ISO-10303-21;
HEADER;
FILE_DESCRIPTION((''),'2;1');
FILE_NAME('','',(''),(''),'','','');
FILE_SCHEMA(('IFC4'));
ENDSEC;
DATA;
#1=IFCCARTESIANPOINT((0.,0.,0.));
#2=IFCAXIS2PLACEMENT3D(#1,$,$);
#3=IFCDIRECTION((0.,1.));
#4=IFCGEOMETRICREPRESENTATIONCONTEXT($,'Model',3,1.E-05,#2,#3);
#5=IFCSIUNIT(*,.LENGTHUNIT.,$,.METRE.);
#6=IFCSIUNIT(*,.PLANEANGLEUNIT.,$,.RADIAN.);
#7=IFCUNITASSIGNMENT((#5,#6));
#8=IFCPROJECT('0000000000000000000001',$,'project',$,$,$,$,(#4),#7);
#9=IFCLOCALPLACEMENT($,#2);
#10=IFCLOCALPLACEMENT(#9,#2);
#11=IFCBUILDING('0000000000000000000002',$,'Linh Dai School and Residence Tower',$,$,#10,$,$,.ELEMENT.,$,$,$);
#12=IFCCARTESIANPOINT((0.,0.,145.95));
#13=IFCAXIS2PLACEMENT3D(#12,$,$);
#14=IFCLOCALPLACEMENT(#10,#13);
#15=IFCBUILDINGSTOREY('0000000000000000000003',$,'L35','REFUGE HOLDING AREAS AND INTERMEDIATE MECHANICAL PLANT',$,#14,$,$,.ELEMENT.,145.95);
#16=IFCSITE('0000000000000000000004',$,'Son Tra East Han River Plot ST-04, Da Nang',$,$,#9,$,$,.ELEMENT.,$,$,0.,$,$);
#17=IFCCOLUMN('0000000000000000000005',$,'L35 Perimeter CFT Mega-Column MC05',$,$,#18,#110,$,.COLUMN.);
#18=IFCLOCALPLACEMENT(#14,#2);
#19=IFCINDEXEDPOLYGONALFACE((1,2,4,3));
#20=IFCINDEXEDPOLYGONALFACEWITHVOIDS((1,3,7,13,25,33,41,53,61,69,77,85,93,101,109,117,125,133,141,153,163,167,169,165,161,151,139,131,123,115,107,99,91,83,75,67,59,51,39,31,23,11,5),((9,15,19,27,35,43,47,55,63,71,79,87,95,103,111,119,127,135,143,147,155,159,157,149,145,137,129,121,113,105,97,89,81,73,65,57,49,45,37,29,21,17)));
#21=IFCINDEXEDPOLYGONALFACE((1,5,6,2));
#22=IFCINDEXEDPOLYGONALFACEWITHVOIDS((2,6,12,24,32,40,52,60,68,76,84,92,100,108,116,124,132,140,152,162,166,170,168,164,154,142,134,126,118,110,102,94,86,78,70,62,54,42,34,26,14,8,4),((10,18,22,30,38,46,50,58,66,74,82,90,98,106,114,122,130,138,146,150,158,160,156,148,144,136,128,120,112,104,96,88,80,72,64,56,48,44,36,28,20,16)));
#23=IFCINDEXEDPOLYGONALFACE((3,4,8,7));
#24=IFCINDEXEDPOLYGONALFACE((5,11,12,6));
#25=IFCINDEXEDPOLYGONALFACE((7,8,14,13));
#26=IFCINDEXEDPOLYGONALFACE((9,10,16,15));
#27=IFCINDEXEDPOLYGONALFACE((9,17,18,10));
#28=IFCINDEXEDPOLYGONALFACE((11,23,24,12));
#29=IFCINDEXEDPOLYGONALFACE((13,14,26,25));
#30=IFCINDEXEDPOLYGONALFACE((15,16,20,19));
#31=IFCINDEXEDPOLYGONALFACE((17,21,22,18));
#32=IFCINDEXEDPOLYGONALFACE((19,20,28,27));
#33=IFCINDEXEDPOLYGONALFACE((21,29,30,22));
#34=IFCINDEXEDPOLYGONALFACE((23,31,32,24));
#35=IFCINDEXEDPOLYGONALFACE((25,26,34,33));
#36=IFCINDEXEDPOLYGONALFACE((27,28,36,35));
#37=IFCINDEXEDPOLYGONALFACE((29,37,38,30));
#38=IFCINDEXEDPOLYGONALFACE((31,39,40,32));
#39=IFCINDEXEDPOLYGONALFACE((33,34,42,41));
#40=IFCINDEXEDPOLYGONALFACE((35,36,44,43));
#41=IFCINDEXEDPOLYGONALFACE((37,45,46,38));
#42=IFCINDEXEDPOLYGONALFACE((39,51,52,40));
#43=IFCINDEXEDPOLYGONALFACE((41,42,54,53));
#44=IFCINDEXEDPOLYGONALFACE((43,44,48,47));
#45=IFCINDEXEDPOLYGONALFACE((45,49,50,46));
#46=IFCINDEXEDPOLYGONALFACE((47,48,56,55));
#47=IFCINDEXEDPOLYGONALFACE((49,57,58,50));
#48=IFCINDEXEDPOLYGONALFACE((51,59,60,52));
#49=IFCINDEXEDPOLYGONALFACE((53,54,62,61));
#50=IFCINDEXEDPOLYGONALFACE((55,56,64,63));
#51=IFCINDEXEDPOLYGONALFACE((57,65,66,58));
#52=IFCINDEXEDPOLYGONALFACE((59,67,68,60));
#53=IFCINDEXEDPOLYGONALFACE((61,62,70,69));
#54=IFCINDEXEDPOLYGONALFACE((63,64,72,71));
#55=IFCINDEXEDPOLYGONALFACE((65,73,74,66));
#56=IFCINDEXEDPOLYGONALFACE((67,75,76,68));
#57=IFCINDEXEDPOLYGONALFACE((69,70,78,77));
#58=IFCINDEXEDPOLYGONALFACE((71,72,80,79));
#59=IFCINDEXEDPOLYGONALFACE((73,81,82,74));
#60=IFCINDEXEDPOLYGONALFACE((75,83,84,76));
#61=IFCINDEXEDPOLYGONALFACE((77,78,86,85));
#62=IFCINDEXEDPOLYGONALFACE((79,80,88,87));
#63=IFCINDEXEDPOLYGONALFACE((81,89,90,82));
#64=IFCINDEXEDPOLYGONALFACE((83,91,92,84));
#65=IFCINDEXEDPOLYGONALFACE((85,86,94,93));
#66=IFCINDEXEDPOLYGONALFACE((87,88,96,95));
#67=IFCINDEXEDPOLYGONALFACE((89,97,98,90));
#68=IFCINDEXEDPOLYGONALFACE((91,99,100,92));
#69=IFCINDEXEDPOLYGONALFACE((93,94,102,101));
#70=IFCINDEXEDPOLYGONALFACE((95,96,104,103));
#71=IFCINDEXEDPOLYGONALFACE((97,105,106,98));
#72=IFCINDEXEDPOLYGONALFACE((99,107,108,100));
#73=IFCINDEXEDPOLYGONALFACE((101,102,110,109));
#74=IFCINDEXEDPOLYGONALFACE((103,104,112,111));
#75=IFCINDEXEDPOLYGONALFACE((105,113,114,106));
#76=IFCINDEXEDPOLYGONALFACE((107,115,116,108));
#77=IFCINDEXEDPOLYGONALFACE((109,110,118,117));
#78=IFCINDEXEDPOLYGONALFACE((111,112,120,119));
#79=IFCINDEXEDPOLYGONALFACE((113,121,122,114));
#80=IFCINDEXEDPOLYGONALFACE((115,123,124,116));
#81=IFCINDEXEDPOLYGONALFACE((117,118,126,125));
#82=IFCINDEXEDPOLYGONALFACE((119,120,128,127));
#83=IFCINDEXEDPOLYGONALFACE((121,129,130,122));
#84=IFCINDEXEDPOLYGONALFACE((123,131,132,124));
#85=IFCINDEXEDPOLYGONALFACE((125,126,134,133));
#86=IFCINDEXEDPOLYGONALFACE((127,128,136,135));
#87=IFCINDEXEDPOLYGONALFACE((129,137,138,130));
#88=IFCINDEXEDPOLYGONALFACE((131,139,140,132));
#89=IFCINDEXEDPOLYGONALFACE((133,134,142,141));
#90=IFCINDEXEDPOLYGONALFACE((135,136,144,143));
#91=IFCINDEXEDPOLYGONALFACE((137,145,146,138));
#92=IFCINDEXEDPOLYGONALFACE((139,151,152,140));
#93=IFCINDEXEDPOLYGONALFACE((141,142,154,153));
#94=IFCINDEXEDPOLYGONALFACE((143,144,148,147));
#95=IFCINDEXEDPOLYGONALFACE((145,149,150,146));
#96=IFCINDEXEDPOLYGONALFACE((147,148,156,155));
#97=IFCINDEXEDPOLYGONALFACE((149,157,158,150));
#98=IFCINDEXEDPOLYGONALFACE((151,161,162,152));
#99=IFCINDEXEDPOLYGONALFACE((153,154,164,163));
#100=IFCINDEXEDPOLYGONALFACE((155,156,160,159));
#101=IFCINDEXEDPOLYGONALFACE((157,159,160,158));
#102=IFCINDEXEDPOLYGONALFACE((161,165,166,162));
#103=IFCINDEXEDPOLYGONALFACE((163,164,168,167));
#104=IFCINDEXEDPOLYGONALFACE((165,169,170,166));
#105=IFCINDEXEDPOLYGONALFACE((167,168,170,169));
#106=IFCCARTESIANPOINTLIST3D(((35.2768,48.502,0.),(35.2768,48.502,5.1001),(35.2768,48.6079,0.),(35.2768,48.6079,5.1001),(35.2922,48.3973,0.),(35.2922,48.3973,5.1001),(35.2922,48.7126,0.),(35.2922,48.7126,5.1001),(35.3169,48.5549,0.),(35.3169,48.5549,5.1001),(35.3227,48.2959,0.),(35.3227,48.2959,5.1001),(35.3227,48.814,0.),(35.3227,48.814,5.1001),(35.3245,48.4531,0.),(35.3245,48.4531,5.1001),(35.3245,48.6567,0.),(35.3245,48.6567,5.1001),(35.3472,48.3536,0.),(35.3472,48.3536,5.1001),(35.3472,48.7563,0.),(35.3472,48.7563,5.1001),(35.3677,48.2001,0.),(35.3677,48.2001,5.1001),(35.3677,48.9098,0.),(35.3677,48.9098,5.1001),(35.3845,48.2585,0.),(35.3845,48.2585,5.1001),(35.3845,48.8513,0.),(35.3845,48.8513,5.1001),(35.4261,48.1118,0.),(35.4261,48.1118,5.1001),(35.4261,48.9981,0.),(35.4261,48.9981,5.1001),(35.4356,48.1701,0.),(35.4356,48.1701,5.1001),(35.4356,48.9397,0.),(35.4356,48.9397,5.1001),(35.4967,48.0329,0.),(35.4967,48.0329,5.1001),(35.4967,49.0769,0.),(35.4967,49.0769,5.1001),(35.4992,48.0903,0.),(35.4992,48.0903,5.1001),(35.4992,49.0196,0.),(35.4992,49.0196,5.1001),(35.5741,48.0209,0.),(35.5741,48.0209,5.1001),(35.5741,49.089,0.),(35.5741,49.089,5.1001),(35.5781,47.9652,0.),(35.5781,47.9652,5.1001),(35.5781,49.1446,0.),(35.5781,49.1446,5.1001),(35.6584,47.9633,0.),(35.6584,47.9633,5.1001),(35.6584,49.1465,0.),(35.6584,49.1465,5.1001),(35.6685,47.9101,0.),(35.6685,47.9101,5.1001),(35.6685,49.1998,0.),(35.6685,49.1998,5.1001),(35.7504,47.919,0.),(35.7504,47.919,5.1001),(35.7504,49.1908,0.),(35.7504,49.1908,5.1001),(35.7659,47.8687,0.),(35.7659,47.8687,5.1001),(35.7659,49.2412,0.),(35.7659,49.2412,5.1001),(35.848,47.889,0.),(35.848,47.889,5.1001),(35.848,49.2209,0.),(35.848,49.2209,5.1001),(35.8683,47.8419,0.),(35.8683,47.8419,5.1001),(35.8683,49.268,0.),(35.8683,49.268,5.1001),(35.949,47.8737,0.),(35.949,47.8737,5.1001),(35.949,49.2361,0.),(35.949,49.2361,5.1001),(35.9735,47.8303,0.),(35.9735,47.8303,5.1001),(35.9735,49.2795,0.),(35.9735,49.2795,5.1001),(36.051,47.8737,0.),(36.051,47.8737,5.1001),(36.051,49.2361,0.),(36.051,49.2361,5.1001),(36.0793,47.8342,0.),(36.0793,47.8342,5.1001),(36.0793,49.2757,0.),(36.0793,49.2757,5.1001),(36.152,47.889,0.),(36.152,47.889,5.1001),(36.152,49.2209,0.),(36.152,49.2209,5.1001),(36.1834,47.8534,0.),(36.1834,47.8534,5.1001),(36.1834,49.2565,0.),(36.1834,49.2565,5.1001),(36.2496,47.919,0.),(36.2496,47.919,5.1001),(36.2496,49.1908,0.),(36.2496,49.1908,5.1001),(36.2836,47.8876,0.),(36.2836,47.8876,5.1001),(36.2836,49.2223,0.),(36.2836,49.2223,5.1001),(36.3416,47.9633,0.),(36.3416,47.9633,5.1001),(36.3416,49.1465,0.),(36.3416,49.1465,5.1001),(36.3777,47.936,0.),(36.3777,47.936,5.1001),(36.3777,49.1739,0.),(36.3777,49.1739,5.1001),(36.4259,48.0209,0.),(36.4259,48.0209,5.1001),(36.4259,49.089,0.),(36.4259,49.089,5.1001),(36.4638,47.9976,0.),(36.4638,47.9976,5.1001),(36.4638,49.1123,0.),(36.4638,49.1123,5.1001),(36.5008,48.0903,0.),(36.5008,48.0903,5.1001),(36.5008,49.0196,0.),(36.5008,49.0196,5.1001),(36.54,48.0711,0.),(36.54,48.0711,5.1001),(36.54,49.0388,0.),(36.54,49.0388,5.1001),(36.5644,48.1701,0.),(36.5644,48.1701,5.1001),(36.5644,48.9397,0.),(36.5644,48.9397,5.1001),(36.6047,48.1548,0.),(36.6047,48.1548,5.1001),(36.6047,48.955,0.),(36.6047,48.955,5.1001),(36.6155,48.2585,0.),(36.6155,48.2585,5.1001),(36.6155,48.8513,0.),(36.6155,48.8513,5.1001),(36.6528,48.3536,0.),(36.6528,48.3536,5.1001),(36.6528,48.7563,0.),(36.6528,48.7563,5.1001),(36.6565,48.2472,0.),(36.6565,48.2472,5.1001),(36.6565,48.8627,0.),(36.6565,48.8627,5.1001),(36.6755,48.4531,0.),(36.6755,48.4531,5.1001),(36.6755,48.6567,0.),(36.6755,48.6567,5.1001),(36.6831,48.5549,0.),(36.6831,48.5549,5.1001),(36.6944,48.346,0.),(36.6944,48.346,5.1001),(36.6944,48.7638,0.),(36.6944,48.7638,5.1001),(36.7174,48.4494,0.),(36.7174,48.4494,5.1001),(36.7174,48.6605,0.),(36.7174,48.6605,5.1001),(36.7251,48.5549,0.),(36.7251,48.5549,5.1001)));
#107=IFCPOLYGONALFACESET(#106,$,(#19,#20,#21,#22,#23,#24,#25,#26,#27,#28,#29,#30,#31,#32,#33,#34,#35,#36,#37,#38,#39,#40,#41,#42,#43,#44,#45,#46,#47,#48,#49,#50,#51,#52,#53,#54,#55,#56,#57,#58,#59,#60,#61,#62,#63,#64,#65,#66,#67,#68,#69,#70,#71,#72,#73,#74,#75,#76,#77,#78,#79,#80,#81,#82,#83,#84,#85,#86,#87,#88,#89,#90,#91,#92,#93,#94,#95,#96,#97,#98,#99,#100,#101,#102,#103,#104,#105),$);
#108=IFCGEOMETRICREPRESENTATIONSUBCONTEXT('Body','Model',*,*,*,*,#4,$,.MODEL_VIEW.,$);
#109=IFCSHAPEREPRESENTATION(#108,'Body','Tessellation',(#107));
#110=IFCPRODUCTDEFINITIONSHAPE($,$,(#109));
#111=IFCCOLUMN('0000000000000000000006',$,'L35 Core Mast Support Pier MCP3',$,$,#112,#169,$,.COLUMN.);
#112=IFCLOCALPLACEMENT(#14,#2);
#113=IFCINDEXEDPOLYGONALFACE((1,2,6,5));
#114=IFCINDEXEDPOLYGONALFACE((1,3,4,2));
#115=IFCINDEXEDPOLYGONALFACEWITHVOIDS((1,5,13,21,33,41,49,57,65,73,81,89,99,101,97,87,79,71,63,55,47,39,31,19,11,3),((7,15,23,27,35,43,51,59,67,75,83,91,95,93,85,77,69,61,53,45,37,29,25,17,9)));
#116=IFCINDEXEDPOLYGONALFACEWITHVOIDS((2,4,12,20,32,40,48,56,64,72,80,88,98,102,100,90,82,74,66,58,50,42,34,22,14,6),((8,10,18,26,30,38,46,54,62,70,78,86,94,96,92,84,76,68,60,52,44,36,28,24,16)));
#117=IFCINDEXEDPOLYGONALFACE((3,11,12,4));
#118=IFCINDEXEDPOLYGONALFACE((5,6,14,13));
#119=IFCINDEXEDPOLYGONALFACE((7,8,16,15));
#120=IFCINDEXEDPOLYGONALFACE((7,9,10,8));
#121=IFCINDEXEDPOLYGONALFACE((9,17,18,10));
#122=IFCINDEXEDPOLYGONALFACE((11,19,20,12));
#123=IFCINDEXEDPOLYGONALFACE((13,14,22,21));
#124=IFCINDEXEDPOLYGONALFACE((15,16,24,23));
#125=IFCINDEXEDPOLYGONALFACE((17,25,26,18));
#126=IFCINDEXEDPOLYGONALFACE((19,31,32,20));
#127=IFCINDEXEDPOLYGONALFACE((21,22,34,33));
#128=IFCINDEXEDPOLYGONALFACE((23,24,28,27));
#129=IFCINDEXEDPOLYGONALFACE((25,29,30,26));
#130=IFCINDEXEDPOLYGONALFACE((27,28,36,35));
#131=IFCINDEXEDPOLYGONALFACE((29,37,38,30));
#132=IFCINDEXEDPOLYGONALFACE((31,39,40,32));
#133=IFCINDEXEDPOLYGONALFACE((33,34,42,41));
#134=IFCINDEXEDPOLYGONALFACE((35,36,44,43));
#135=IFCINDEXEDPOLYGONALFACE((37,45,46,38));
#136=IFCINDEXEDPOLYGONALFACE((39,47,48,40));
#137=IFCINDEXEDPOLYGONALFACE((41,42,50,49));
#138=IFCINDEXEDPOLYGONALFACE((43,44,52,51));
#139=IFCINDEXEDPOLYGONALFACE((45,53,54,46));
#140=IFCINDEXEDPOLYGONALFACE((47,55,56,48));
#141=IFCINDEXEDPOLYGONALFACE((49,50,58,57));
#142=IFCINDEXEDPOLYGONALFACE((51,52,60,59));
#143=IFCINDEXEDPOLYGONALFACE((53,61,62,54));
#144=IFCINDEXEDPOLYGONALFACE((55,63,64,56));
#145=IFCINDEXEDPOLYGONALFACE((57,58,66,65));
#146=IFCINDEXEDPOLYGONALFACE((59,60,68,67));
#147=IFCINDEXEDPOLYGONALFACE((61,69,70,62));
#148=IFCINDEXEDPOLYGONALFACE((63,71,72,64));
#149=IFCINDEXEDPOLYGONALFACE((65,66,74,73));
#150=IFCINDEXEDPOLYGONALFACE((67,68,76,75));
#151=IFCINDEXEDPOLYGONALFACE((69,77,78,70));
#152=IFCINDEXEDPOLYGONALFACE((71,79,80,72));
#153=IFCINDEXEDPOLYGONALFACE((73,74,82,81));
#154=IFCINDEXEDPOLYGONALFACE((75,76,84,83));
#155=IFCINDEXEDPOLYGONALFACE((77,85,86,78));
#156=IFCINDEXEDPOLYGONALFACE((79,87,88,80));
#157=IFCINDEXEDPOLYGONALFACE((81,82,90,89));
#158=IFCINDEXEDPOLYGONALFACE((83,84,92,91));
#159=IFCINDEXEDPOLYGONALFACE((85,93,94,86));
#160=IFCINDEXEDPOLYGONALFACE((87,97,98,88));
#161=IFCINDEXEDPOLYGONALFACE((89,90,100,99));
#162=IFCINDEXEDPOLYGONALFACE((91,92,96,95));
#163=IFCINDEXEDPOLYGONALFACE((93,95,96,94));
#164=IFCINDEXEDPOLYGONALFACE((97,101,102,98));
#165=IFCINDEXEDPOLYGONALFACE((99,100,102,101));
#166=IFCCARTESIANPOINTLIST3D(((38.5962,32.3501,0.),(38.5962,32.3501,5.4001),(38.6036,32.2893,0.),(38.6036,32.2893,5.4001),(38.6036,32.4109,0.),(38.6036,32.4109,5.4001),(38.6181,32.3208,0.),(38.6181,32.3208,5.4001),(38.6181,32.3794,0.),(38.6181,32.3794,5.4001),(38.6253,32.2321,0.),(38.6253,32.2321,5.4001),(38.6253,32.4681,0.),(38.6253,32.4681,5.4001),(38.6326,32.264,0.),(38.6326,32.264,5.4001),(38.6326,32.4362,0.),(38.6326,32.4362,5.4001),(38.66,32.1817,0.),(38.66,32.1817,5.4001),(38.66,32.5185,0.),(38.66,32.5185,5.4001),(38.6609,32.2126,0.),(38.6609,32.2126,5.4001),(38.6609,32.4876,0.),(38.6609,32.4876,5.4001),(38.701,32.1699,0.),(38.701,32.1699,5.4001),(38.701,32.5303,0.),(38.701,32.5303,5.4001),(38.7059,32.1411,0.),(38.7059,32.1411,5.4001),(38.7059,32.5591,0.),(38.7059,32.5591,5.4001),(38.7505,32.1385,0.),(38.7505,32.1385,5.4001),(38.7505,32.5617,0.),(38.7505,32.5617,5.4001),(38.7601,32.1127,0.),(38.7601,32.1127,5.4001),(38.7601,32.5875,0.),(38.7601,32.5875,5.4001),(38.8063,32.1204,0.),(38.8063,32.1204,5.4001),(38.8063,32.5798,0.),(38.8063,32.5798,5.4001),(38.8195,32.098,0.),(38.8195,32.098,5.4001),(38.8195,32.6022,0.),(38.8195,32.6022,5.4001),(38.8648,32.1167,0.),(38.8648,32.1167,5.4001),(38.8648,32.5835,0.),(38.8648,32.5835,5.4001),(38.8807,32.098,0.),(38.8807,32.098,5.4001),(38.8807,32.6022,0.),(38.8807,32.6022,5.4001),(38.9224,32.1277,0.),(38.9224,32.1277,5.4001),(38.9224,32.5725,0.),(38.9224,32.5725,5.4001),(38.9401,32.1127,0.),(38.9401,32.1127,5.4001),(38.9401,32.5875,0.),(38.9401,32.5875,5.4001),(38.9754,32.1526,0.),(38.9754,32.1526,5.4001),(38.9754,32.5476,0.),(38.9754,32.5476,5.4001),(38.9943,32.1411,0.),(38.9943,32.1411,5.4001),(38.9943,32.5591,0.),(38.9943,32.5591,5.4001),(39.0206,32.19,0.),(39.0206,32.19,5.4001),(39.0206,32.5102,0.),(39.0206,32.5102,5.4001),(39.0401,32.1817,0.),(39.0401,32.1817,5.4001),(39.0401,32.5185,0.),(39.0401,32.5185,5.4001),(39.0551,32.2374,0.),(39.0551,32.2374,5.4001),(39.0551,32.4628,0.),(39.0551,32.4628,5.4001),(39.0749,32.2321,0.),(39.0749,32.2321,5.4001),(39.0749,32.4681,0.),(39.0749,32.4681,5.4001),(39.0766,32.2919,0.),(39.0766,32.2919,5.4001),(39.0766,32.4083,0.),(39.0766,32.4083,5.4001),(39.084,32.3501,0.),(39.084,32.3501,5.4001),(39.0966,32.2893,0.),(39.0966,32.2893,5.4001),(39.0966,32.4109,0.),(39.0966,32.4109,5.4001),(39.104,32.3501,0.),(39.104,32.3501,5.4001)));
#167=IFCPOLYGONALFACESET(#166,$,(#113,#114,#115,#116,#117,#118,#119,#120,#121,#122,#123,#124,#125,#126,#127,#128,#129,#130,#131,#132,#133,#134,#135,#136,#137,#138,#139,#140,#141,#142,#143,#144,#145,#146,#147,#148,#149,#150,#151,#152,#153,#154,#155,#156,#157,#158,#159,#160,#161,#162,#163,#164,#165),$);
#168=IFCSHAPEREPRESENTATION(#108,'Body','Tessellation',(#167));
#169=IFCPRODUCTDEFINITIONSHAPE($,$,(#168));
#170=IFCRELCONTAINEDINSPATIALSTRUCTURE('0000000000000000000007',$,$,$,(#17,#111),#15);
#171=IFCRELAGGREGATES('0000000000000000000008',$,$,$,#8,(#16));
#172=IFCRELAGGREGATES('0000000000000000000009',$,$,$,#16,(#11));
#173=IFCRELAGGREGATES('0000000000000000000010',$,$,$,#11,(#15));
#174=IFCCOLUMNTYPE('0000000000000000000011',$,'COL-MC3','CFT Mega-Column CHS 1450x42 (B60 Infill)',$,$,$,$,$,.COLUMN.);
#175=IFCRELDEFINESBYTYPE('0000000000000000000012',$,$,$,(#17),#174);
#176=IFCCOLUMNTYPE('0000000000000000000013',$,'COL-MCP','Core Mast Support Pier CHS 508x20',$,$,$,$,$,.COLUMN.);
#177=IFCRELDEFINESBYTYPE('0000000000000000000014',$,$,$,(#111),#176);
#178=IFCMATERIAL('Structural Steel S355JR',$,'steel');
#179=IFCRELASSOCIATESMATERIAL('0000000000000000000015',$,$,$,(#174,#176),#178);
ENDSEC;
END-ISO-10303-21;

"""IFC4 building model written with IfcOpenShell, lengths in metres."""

from ifc_helpers import new_model, si_unit, direction, frame, origin, origin_2d, place, context, subcontext, project, spatial, hollow_circle, extrude, material, material_profile, profile_set, type_object, element, save


model = new_model("IFC4")

# Units and contexts
model_context = context("Model", 3, precision=1e-05, world=origin(), true_north=direction((0.0, 1.0)))
body_context = subcontext(model_context, "Body", "Model", "MODEL_VIEW")
ifc_project = project(units=[si_unit("LENGTHUNIT", "METRE"), si_unit("PLANEANGLEUNIT", "RADIAN")], contexts=[model_context])

# Site, building, storey
site_placement = place(None, origin())
site = spatial("IfcSite", under=ifc_project, at=site_placement, Name="Son Tra East Han River Plot ST-04, Da Nang", CompositionType="ELEMENT", RefElevation=0.0)
building_placement = place(site_placement, origin())
building = spatial("IfcBuilding", under=site, at=building_placement, Name="Linh Dai School and Residence Tower", CompositionType="ELEMENT")
storey_placement = place(building_placement, frame((0.0, 0.0, 145.95)))
storey = spatial("IfcBuildingStorey", under=building, at=storey_placement, Name="L35", Description="REFUGE HOLDING AREAS AND INTERMEDIATE MECHANICAL PLANT", CompositionType="ELEMENT", Elevation=145.95)

# Columns
ifc_material_1 = material(Name="Structural Steel S355JR", Category="steel")
ifc_material_profile_1 = material_profile(ifc_material_1, hollow_circle(Radius=0.7251, WallThickness=0.042, at=origin_2d()), Name="CHS 1450x42")
ifc_profile_set_1 = profile_set([ifc_material_profile_1], Name="Structural Steel S355JR")
column_type_1 = type_object("IfcColumnType", Name="COL-MC3", Description="CFT Mega-Column CHS 1450x42 (B60 Infill)", PredefinedType="COLUMN", material=ifc_profile_set_1)
column_1_placement = place(storey_placement, frame((36.0, 48.5549, 0.0), z_axis=(0.0, 0.0, 1.0), x_axis=(1.0, 0.0, 0.0)))
element("IfcColumn", 1, at=column_1_placement, inside=storey, type_object=column_type_1, Name="L35 Perimeter CFT Mega-Column MC05", PredefinedType="COLUMN", context=body_context, shape_type="SweptSolid", body=[
    extrude(hollow_circle(Radius=0.7251, WallThickness=0.042, at=origin_2d()), origin(), (0.0, 0.0, 1.0), 5.1001),
])
ifc_material_profile_2 = material_profile(ifc_material_1, hollow_circle(Radius=0.2539, WallThickness=0.02, at=origin_2d()), Name="CHS 508x20")
ifc_profile_set_2 = profile_set([ifc_material_profile_2], Name="Structural Steel S355JR")
column_type_2 = type_object("IfcColumnType", Name="COL-MCP", Description="Core Mast Support Pier CHS 508x20", PredefinedType="COLUMN", material=ifc_profile_set_2)
column_2_placement = place(storey_placement, frame((38.8501, 32.3501, 0.0), z_axis=(0.0, 0.0, 1.0), x_axis=(1.0, 0.0, 0.0)))
element("IfcColumn", 2, at=column_2_placement, inside=storey, type_object=column_type_2, Name="L35 Core Mast Support Pier MCP3", PredefinedType="COLUMN", context=body_context, shape_type="SweptSolid", body=[
    extrude(hollow_circle(Radius=0.2539, WallThickness=0.02, at=origin_2d()), origin(), (0.0, 0.0, 1.0), 5.4001),
])

save(model, "model.ifc")
